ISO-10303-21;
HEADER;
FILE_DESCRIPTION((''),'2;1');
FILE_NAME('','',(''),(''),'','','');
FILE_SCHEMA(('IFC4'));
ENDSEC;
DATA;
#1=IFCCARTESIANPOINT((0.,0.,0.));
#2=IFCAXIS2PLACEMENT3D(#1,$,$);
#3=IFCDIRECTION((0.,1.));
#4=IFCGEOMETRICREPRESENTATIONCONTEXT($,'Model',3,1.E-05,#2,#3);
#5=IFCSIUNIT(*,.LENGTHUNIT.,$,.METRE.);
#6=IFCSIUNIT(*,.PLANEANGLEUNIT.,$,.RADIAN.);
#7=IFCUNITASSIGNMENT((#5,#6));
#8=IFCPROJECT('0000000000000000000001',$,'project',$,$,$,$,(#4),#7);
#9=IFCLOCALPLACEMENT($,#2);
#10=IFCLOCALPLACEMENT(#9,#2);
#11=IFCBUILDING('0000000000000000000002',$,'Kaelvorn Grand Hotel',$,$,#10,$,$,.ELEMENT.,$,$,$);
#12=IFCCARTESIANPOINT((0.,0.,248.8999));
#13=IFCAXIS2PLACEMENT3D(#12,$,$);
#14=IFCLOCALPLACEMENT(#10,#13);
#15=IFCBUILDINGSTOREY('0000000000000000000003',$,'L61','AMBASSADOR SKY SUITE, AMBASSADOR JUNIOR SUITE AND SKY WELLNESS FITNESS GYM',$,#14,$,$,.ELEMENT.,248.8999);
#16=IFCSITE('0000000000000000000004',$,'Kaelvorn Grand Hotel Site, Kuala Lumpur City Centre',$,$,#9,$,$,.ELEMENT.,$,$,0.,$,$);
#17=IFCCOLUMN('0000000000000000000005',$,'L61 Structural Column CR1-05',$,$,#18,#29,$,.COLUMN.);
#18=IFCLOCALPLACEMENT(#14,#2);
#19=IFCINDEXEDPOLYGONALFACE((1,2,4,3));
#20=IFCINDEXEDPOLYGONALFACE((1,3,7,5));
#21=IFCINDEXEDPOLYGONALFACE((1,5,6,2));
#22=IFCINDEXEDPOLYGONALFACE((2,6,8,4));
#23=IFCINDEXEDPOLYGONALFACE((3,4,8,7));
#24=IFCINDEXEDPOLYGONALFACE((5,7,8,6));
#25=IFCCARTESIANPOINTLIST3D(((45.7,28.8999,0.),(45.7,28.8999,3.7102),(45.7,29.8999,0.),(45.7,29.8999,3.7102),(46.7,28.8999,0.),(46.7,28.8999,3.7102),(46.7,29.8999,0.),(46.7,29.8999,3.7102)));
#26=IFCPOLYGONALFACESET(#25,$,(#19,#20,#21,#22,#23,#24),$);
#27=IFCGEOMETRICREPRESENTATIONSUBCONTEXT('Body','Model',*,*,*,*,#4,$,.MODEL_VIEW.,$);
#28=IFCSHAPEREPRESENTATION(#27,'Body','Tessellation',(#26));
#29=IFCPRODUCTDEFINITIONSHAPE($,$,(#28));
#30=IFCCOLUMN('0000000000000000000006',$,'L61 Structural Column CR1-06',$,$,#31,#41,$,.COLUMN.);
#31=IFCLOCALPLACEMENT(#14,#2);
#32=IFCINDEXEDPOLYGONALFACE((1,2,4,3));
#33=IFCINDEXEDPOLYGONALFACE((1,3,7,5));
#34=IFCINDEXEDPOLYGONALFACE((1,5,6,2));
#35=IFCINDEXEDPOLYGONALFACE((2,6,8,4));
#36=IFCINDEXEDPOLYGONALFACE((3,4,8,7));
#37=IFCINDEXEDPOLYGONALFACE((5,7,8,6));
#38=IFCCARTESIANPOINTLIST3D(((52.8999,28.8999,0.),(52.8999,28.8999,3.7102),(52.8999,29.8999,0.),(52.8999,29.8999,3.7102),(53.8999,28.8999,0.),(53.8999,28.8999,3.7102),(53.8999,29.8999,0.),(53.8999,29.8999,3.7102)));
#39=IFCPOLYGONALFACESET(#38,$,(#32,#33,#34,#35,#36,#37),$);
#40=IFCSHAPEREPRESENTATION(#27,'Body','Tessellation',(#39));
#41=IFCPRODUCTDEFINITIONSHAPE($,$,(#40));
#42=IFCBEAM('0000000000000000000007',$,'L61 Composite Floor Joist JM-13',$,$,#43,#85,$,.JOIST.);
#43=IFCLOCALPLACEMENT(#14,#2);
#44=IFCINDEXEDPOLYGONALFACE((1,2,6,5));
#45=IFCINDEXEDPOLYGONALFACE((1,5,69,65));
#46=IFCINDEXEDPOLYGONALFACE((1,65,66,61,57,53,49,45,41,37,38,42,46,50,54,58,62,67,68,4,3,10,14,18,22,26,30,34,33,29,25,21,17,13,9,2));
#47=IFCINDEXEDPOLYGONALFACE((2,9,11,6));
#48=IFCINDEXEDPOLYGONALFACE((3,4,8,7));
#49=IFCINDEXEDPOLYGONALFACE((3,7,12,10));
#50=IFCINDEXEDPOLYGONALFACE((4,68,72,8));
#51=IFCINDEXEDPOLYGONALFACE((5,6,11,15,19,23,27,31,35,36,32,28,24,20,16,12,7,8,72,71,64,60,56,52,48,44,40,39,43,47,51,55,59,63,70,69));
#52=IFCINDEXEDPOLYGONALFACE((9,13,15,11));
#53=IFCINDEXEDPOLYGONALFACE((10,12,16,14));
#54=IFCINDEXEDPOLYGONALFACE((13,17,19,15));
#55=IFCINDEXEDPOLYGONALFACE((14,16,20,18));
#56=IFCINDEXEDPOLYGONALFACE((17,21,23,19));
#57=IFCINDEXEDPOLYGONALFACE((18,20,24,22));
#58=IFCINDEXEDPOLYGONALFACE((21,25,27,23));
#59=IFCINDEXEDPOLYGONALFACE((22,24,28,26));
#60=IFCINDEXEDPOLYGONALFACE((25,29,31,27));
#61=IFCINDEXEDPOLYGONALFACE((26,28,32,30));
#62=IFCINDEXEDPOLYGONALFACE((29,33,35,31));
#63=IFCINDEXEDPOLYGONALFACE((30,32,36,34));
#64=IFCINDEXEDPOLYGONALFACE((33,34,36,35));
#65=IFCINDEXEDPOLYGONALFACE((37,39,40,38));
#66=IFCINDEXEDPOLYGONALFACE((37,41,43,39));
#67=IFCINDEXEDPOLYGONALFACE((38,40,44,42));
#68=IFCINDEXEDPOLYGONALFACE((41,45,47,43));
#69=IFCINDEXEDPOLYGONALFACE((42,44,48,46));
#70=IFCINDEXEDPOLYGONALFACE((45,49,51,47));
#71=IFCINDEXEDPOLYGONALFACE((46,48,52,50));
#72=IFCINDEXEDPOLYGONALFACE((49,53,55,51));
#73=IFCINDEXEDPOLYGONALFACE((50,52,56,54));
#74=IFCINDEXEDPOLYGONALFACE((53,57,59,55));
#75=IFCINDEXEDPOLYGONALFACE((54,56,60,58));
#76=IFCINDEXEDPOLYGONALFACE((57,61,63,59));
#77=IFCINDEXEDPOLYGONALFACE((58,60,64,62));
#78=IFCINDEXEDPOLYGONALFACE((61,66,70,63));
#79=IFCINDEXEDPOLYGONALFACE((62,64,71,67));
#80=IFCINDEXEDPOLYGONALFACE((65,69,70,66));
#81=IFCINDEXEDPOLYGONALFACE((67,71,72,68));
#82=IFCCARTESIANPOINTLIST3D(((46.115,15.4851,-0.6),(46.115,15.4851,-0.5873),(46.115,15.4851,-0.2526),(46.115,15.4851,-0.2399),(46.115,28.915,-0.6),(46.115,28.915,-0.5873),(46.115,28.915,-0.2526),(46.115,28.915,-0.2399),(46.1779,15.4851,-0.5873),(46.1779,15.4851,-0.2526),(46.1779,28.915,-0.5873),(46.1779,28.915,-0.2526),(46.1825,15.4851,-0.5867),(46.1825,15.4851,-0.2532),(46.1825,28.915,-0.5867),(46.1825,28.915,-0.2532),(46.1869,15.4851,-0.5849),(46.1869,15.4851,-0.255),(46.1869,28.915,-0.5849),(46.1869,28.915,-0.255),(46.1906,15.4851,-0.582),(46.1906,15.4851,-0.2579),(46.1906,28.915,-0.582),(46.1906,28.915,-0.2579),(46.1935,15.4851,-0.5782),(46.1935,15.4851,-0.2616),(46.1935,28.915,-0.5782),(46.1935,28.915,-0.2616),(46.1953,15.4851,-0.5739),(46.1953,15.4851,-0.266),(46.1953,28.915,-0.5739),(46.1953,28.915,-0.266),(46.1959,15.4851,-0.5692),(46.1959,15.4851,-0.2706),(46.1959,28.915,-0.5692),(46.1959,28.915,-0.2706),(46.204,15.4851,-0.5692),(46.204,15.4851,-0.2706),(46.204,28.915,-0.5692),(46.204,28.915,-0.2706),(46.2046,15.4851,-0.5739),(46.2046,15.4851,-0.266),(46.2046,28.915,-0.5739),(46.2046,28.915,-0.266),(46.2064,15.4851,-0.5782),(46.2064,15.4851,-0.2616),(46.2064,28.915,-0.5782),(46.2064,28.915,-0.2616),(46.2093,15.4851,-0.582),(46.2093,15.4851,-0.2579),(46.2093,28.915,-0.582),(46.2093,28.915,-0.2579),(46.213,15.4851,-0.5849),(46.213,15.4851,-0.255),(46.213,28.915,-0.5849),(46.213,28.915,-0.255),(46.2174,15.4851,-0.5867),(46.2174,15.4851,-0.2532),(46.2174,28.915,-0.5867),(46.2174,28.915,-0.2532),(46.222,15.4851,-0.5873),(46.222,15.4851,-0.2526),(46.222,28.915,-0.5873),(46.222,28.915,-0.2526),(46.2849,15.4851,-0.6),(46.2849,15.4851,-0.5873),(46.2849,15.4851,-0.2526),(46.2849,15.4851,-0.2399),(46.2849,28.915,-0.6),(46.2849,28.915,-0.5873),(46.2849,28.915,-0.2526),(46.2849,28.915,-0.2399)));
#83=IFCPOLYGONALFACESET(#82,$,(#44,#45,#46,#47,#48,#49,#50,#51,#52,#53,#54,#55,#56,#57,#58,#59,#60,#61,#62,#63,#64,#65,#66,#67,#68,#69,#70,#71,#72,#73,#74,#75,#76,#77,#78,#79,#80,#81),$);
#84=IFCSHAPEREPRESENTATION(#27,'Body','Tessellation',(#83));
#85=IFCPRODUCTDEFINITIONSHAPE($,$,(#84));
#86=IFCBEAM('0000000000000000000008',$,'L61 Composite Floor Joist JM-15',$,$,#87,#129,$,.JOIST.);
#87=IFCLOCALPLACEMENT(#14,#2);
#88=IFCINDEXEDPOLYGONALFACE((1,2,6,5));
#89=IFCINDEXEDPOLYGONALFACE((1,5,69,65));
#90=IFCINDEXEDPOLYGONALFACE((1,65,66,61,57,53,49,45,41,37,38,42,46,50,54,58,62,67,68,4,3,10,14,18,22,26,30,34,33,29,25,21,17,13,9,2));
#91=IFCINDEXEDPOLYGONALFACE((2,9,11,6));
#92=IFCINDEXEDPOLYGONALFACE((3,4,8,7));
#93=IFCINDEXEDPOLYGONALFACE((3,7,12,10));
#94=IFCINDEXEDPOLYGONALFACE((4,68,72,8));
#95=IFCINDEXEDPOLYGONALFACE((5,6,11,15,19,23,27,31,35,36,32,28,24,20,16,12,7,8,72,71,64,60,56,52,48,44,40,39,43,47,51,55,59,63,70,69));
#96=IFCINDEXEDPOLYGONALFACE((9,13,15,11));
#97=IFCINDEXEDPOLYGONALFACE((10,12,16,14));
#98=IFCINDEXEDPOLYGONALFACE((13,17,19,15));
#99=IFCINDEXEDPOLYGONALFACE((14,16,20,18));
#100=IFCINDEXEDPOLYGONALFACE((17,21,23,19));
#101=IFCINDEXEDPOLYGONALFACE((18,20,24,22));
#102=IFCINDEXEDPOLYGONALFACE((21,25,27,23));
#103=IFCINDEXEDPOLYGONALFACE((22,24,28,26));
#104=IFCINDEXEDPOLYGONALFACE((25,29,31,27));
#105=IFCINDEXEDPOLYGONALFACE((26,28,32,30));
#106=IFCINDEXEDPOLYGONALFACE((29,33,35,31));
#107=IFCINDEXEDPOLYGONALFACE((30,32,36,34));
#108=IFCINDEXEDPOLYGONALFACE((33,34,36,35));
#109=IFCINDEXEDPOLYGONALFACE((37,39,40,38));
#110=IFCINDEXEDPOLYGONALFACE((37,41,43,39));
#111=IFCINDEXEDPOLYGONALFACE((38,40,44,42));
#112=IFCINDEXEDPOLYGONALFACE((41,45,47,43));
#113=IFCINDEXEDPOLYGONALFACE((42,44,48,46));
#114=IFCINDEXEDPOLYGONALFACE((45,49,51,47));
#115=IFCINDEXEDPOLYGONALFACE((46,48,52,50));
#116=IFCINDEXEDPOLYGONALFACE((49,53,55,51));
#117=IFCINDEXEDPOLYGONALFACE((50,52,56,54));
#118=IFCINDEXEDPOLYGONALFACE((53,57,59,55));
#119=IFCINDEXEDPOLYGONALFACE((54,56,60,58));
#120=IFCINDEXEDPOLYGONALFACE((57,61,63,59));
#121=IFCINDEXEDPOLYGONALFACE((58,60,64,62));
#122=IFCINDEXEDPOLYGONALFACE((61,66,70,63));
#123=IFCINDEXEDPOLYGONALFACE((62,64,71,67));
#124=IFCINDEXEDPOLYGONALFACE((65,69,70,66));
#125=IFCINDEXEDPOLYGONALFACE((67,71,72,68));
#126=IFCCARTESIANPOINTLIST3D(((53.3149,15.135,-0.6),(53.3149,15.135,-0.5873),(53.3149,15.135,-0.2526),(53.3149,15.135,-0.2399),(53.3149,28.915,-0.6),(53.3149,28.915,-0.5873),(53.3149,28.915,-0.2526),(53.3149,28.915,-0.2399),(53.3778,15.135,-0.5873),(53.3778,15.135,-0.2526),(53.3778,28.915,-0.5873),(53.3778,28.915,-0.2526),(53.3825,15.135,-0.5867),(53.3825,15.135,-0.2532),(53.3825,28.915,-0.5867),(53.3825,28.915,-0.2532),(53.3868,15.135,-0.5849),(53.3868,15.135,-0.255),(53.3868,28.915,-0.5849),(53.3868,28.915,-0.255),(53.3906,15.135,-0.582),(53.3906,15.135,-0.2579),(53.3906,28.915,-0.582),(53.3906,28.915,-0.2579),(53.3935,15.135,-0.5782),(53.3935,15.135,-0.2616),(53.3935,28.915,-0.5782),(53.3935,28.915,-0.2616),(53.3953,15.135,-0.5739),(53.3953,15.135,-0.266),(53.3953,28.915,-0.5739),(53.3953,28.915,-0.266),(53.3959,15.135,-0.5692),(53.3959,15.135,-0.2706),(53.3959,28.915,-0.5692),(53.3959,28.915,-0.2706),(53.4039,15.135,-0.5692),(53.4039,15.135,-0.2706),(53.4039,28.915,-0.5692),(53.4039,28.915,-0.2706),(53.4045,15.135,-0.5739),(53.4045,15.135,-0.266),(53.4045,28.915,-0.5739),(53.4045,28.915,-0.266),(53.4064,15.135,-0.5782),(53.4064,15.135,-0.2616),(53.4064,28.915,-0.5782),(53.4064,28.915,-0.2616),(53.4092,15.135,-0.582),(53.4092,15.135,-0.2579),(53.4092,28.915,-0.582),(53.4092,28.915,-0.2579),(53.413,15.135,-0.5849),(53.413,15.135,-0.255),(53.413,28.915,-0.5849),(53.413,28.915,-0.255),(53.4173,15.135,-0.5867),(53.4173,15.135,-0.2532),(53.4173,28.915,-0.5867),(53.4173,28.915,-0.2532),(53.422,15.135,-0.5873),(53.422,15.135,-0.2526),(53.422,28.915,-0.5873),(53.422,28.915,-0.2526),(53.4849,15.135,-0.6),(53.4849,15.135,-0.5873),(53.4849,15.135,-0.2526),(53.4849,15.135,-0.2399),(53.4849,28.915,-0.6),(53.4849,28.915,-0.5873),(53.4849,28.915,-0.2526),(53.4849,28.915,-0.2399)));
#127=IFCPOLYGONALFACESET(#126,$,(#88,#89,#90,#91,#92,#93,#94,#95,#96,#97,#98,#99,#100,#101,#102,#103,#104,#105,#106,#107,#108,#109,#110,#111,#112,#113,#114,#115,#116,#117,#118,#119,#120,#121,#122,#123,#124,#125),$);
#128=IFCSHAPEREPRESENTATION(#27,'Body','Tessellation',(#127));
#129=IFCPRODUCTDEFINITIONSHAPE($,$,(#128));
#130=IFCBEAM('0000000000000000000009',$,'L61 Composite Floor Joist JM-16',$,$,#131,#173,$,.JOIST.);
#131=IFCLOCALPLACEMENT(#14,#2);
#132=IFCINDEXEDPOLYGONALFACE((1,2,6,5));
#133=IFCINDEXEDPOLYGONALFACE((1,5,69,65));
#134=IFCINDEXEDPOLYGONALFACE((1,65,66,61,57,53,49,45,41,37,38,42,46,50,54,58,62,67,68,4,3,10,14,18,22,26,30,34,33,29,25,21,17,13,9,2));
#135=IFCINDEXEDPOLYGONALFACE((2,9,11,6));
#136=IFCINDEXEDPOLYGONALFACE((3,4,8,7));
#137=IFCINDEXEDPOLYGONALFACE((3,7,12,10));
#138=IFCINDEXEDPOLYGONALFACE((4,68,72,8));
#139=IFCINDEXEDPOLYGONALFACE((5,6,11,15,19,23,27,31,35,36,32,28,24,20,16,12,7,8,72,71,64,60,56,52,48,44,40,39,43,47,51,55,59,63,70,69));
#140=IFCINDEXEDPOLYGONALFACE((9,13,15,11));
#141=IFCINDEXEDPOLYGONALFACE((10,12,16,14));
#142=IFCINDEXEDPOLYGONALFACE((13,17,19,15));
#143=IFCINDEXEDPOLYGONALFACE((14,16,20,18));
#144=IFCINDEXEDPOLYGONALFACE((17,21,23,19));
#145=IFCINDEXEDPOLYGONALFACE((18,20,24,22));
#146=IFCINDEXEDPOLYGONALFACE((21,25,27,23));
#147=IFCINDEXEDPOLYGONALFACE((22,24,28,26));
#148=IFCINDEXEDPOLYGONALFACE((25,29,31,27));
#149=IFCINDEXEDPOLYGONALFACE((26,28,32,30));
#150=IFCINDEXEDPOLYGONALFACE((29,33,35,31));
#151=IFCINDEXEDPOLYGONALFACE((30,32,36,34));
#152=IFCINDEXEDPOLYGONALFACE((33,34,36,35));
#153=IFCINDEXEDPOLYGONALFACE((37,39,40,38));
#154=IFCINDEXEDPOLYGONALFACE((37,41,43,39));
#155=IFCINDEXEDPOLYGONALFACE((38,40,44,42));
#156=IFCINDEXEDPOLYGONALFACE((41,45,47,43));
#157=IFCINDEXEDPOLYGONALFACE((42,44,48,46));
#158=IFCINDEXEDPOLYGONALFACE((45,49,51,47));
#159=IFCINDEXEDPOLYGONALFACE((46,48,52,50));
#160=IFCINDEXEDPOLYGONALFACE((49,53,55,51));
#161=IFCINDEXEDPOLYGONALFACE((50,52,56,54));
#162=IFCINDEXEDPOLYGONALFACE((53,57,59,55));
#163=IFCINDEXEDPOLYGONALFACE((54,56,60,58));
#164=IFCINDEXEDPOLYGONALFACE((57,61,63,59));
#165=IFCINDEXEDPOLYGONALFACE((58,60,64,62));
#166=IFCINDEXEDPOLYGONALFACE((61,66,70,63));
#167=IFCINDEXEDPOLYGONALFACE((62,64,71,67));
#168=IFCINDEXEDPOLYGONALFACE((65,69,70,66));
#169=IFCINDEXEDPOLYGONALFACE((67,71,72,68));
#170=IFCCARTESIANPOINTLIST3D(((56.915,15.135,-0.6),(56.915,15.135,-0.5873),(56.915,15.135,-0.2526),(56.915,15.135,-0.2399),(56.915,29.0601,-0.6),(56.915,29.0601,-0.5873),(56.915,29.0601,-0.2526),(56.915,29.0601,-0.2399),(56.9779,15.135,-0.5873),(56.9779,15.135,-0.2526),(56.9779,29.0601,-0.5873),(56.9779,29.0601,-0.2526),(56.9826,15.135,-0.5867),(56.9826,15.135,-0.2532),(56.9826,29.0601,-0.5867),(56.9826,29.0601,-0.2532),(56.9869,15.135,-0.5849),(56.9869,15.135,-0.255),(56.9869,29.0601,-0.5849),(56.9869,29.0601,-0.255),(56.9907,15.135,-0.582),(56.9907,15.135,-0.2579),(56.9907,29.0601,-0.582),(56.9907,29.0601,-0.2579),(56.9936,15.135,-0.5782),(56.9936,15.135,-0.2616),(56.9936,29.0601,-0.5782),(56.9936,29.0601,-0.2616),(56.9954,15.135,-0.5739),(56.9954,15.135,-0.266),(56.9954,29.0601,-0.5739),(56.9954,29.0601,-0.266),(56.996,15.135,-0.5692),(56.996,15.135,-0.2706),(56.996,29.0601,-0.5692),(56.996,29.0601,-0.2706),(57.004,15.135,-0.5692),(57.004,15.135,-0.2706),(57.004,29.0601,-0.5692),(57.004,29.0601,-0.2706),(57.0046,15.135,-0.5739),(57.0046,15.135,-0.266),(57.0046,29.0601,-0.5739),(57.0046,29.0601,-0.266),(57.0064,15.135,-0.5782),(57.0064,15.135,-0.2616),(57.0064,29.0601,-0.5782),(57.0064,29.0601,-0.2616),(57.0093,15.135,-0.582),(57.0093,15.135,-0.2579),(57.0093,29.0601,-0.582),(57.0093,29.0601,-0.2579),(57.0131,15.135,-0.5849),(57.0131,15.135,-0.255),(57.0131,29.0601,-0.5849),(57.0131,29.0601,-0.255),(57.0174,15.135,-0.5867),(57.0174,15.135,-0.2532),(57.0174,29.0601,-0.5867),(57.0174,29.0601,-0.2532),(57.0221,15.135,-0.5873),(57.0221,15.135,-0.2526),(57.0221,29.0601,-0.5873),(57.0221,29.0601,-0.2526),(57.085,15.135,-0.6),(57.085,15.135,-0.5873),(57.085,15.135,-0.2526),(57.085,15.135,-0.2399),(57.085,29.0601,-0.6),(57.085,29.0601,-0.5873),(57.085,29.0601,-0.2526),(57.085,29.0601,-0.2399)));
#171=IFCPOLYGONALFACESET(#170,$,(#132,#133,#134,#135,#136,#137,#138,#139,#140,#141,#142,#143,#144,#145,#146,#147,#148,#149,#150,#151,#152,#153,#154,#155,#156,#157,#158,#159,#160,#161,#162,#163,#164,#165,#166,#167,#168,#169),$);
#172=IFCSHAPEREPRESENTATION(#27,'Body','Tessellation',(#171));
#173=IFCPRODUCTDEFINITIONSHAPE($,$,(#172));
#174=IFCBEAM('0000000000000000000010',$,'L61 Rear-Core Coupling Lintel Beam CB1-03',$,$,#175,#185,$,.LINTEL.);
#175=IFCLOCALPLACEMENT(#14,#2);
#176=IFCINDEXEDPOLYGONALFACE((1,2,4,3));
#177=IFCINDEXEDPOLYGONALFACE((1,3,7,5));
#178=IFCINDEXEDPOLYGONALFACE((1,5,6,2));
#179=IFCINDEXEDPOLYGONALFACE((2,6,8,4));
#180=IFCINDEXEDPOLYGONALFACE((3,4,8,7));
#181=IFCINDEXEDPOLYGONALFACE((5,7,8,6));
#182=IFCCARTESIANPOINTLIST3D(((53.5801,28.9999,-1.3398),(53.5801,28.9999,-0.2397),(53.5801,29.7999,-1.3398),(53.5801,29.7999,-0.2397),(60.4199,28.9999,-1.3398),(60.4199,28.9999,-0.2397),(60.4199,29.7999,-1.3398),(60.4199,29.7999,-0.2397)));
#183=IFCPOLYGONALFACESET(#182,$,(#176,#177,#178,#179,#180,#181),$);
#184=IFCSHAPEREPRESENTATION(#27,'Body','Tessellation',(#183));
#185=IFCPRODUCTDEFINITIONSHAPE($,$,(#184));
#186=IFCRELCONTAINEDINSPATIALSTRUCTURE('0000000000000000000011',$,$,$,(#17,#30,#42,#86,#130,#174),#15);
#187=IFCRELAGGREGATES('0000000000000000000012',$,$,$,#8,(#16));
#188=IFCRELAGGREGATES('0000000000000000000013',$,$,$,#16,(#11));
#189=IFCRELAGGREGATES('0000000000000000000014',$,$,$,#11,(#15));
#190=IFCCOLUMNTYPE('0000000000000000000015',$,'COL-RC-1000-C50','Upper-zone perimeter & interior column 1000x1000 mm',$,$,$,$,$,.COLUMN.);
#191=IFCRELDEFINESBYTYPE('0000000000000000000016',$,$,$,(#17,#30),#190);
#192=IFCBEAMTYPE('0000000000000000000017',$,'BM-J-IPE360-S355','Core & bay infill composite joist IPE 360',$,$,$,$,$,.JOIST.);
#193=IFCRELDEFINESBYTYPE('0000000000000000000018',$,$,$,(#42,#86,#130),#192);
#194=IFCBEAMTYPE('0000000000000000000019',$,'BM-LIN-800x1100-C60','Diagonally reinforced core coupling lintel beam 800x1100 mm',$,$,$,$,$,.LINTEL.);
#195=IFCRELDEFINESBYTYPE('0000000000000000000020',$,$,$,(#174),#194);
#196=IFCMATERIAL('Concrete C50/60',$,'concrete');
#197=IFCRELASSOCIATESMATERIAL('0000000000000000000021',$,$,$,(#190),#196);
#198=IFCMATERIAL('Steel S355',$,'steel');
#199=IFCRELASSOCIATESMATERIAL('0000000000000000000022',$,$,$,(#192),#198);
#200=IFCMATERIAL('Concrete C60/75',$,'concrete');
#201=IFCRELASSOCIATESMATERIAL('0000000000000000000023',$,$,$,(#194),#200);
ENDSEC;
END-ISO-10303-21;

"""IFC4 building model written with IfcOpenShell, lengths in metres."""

from ifc_helpers import new_model, si_unit, direction, frame, origin, origin_2d, place, context, subcontext, project, spatial, rectangle, i_section, extrude, material, material_profile, profile_set, type_object, element, save


model = new_model("IFC4")

# Units and contexts
model_context = context("Model", 3, precision=1e-05, world=origin(), true_north=direction((0.0, 1.0)))
body_context = subcontext(model_context, "Body", "Model", "MODEL_VIEW")
ifc_project = project(units=[si_unit("LENGTHUNIT", "METRE"), si_unit("PLANEANGLEUNIT", "RADIAN")], contexts=[model_context])

# Site, building, storey
site_placement = place(None, origin())
site = spatial("IfcSite", under=ifc_project, at=site_placement, Name="Kaelvorn Grand Hotel Site, Kuala Lumpur City Centre", CompositionType="ELEMENT", RefElevation=0.0)
building_placement = place(site_placement, origin())
building = spatial("IfcBuilding", under=site, at=building_placement, Name="Kaelvorn Grand Hotel", CompositionType="ELEMENT")
storey_placement = place(building_placement, frame((0.0, 0.0, 248.8999)))
storey = spatial("IfcBuildingStorey", under=building, at=storey_placement, Name="L61", Description="AMBASSADOR SKY SUITE, AMBASSADOR JUNIOR SUITE AND SKY WELLNESS FITNESS GYM", CompositionType="ELEMENT", Elevation=248.8999)

# Columns
ifc_material_1 = material(Name="Concrete C50/60", Category="concrete")
ifc_material_profile_1 = material_profile(ifc_material_1, rectangle(XDim=1.0, YDim=1.0, at=origin_2d()), Name="RC COL 1000x1000")
ifc_profile_set_1 = profile_set([ifc_material_profile_1], Name="Concrete C50/60")
column_type = type_object("IfcColumnType", Name="COL-RC-1000-C50", Description="Upper-zone perimeter & interior column 1000x1000 mm", PredefinedType="COLUMN", material=ifc_profile_set_1)
for number, where, z_axis, x_axis, name in (
    (1, (46.2, 29.3999, 0.0), (0.0, 0.0, 1.0), (1.0, 0.0, 0.0), "L61 Structural Column CR1-05"),
    (2, (53.3999, 29.3999, 0.0), (0.0, 0.0, 1.0), (1.0, 0.0, 0.0), "L61 Structural Column CR1-06"),
):
    element("IfcColumn", number, at=place(storey_placement, frame(where, z_axis=z_axis, x_axis=x_axis)), inside=storey, type_object=column_type, Name=name, PredefinedType="COLUMN", context=body_context, shape_type="SweptSolid", body=[
        extrude(rectangle(XDim=1.0, YDim=1.0, at=origin_2d()), origin(), (0.0, 0.0, 1.0), 3.7102),
    ])

# Beams
ifc_material_2 = material(Name="Steel S355", Category="steel")
ifc_material_profile_2 = material_profile(ifc_material_2, i_section(OverallWidth=0.1699, OverallDepth=0.3601, WebThickness=0.0081, FlangeThickness=0.0127, FilletRadius=0.0181, at=origin_2d()), Name="IPE 360")
ifc_profile_set_2 = profile_set([ifc_material_profile_2], Name="Steel S355")
beam_type_1 = type_object("IfcBeamType", Name="BM-J-IPE360-S355", Description="Core & bay infill composite joist IPE 360", PredefinedType="JOIST", material=ifc_profile_set_2)
beam_1_placement = place(storey_placement, frame((46.2, 15.4851, -0.4199), z_axis=(0.0, 1.0, 0.0), x_axis=(-1.0, 0.0, 0.0)))
element("IfcBeam", 3, at=beam_1_placement, inside=storey, type_object=beam_type_1, Name="L61 Composite Floor Joist JM-13", PredefinedType="JOIST", context=body_context, shape_type="SweptSolid", body=[
    extrude(i_section(OverallWidth=0.1699, OverallDepth=0.3601, WebThickness=0.0081, FlangeThickness=0.0127, FilletRadius=0.0181, at=origin_2d()), origin(), (0.0, 0.0, 1.0), 13.4299),
])
beam_2_placement = place(storey_placement, frame((53.3999, 15.135, -0.4199), z_axis=(0.0, 1.0, 0.0), x_axis=(-1.0, 0.0, 0.0)))
element("IfcBeam", 4, at=beam_2_placement, inside=storey, type_object=beam_type_1, Name="L61 Composite Floor Joist JM-15", PredefinedType="JOIST", context=body_context, shape_type="SweptSolid", body=[
    extrude(i_section(OverallWidth=0.1699, OverallDepth=0.3601, WebThickness=0.0081, FlangeThickness=0.0127, FilletRadius=0.0181, at=origin_2d()), origin(), (0.0, 0.0, 1.0), 13.78),
])
beam_3_placement = place(storey_placement, frame((57.0, 15.135, -0.4199), z_axis=(0.0, 1.0, 0.0), x_axis=(-1.0, 0.0, 0.0)))
element("IfcBeam", 5, at=beam_3_placement, inside=storey, type_object=beam_type_1, Name="L61 Composite Floor Joist JM-16", PredefinedType="JOIST", context=body_context, shape_type="SweptSolid", body=[
    extrude(i_section(OverallWidth=0.1699, OverallDepth=0.3601, WebThickness=0.0081, FlangeThickness=0.0127, FilletRadius=0.0181, at=origin_2d()), origin(), (0.0, 0.0, 1.0), 13.925),
])
ifc_material_3 = material(Name="Concrete C60/75", Category="concrete")
ifc_material_profile_3 = material_profile(ifc_material_3, rectangle(XDim=0.8, YDim=1.1001, at=origin_2d()), Name="RC LINTEL 800x1100")
ifc_profile_set_3 = profile_set([ifc_material_profile_3], Name="Concrete C60/75")
beam_type_2 = type_object("IfcBeamType", Name="BM-LIN-800x1100-C60", Description="Diagonally reinforced core coupling lintel beam 800x1100 mm", PredefinedType="LINTEL", material=ifc_profile_set_3)
beam_4_placement = place(storey_placement, frame((53.5801, 29.3999, -0.7898), z_axis=(1.0, 0.0, 0.0), x_axis=(0.0, 1.0, 0.0)))
element("IfcBeam", 6, at=beam_4_placement, inside=storey, type_object=beam_type_2, Name="L61 Rear-Core Coupling Lintel Beam CB1-03", PredefinedType="LINTEL", context=body_context, shape_type="SweptSolid", body=[
    extrude(rectangle(XDim=0.8, YDim=1.1001, at=origin_2d()), origin(), (0.0, 0.0, 1.0), 6.8398),
])

save(model, "model.ifc")
